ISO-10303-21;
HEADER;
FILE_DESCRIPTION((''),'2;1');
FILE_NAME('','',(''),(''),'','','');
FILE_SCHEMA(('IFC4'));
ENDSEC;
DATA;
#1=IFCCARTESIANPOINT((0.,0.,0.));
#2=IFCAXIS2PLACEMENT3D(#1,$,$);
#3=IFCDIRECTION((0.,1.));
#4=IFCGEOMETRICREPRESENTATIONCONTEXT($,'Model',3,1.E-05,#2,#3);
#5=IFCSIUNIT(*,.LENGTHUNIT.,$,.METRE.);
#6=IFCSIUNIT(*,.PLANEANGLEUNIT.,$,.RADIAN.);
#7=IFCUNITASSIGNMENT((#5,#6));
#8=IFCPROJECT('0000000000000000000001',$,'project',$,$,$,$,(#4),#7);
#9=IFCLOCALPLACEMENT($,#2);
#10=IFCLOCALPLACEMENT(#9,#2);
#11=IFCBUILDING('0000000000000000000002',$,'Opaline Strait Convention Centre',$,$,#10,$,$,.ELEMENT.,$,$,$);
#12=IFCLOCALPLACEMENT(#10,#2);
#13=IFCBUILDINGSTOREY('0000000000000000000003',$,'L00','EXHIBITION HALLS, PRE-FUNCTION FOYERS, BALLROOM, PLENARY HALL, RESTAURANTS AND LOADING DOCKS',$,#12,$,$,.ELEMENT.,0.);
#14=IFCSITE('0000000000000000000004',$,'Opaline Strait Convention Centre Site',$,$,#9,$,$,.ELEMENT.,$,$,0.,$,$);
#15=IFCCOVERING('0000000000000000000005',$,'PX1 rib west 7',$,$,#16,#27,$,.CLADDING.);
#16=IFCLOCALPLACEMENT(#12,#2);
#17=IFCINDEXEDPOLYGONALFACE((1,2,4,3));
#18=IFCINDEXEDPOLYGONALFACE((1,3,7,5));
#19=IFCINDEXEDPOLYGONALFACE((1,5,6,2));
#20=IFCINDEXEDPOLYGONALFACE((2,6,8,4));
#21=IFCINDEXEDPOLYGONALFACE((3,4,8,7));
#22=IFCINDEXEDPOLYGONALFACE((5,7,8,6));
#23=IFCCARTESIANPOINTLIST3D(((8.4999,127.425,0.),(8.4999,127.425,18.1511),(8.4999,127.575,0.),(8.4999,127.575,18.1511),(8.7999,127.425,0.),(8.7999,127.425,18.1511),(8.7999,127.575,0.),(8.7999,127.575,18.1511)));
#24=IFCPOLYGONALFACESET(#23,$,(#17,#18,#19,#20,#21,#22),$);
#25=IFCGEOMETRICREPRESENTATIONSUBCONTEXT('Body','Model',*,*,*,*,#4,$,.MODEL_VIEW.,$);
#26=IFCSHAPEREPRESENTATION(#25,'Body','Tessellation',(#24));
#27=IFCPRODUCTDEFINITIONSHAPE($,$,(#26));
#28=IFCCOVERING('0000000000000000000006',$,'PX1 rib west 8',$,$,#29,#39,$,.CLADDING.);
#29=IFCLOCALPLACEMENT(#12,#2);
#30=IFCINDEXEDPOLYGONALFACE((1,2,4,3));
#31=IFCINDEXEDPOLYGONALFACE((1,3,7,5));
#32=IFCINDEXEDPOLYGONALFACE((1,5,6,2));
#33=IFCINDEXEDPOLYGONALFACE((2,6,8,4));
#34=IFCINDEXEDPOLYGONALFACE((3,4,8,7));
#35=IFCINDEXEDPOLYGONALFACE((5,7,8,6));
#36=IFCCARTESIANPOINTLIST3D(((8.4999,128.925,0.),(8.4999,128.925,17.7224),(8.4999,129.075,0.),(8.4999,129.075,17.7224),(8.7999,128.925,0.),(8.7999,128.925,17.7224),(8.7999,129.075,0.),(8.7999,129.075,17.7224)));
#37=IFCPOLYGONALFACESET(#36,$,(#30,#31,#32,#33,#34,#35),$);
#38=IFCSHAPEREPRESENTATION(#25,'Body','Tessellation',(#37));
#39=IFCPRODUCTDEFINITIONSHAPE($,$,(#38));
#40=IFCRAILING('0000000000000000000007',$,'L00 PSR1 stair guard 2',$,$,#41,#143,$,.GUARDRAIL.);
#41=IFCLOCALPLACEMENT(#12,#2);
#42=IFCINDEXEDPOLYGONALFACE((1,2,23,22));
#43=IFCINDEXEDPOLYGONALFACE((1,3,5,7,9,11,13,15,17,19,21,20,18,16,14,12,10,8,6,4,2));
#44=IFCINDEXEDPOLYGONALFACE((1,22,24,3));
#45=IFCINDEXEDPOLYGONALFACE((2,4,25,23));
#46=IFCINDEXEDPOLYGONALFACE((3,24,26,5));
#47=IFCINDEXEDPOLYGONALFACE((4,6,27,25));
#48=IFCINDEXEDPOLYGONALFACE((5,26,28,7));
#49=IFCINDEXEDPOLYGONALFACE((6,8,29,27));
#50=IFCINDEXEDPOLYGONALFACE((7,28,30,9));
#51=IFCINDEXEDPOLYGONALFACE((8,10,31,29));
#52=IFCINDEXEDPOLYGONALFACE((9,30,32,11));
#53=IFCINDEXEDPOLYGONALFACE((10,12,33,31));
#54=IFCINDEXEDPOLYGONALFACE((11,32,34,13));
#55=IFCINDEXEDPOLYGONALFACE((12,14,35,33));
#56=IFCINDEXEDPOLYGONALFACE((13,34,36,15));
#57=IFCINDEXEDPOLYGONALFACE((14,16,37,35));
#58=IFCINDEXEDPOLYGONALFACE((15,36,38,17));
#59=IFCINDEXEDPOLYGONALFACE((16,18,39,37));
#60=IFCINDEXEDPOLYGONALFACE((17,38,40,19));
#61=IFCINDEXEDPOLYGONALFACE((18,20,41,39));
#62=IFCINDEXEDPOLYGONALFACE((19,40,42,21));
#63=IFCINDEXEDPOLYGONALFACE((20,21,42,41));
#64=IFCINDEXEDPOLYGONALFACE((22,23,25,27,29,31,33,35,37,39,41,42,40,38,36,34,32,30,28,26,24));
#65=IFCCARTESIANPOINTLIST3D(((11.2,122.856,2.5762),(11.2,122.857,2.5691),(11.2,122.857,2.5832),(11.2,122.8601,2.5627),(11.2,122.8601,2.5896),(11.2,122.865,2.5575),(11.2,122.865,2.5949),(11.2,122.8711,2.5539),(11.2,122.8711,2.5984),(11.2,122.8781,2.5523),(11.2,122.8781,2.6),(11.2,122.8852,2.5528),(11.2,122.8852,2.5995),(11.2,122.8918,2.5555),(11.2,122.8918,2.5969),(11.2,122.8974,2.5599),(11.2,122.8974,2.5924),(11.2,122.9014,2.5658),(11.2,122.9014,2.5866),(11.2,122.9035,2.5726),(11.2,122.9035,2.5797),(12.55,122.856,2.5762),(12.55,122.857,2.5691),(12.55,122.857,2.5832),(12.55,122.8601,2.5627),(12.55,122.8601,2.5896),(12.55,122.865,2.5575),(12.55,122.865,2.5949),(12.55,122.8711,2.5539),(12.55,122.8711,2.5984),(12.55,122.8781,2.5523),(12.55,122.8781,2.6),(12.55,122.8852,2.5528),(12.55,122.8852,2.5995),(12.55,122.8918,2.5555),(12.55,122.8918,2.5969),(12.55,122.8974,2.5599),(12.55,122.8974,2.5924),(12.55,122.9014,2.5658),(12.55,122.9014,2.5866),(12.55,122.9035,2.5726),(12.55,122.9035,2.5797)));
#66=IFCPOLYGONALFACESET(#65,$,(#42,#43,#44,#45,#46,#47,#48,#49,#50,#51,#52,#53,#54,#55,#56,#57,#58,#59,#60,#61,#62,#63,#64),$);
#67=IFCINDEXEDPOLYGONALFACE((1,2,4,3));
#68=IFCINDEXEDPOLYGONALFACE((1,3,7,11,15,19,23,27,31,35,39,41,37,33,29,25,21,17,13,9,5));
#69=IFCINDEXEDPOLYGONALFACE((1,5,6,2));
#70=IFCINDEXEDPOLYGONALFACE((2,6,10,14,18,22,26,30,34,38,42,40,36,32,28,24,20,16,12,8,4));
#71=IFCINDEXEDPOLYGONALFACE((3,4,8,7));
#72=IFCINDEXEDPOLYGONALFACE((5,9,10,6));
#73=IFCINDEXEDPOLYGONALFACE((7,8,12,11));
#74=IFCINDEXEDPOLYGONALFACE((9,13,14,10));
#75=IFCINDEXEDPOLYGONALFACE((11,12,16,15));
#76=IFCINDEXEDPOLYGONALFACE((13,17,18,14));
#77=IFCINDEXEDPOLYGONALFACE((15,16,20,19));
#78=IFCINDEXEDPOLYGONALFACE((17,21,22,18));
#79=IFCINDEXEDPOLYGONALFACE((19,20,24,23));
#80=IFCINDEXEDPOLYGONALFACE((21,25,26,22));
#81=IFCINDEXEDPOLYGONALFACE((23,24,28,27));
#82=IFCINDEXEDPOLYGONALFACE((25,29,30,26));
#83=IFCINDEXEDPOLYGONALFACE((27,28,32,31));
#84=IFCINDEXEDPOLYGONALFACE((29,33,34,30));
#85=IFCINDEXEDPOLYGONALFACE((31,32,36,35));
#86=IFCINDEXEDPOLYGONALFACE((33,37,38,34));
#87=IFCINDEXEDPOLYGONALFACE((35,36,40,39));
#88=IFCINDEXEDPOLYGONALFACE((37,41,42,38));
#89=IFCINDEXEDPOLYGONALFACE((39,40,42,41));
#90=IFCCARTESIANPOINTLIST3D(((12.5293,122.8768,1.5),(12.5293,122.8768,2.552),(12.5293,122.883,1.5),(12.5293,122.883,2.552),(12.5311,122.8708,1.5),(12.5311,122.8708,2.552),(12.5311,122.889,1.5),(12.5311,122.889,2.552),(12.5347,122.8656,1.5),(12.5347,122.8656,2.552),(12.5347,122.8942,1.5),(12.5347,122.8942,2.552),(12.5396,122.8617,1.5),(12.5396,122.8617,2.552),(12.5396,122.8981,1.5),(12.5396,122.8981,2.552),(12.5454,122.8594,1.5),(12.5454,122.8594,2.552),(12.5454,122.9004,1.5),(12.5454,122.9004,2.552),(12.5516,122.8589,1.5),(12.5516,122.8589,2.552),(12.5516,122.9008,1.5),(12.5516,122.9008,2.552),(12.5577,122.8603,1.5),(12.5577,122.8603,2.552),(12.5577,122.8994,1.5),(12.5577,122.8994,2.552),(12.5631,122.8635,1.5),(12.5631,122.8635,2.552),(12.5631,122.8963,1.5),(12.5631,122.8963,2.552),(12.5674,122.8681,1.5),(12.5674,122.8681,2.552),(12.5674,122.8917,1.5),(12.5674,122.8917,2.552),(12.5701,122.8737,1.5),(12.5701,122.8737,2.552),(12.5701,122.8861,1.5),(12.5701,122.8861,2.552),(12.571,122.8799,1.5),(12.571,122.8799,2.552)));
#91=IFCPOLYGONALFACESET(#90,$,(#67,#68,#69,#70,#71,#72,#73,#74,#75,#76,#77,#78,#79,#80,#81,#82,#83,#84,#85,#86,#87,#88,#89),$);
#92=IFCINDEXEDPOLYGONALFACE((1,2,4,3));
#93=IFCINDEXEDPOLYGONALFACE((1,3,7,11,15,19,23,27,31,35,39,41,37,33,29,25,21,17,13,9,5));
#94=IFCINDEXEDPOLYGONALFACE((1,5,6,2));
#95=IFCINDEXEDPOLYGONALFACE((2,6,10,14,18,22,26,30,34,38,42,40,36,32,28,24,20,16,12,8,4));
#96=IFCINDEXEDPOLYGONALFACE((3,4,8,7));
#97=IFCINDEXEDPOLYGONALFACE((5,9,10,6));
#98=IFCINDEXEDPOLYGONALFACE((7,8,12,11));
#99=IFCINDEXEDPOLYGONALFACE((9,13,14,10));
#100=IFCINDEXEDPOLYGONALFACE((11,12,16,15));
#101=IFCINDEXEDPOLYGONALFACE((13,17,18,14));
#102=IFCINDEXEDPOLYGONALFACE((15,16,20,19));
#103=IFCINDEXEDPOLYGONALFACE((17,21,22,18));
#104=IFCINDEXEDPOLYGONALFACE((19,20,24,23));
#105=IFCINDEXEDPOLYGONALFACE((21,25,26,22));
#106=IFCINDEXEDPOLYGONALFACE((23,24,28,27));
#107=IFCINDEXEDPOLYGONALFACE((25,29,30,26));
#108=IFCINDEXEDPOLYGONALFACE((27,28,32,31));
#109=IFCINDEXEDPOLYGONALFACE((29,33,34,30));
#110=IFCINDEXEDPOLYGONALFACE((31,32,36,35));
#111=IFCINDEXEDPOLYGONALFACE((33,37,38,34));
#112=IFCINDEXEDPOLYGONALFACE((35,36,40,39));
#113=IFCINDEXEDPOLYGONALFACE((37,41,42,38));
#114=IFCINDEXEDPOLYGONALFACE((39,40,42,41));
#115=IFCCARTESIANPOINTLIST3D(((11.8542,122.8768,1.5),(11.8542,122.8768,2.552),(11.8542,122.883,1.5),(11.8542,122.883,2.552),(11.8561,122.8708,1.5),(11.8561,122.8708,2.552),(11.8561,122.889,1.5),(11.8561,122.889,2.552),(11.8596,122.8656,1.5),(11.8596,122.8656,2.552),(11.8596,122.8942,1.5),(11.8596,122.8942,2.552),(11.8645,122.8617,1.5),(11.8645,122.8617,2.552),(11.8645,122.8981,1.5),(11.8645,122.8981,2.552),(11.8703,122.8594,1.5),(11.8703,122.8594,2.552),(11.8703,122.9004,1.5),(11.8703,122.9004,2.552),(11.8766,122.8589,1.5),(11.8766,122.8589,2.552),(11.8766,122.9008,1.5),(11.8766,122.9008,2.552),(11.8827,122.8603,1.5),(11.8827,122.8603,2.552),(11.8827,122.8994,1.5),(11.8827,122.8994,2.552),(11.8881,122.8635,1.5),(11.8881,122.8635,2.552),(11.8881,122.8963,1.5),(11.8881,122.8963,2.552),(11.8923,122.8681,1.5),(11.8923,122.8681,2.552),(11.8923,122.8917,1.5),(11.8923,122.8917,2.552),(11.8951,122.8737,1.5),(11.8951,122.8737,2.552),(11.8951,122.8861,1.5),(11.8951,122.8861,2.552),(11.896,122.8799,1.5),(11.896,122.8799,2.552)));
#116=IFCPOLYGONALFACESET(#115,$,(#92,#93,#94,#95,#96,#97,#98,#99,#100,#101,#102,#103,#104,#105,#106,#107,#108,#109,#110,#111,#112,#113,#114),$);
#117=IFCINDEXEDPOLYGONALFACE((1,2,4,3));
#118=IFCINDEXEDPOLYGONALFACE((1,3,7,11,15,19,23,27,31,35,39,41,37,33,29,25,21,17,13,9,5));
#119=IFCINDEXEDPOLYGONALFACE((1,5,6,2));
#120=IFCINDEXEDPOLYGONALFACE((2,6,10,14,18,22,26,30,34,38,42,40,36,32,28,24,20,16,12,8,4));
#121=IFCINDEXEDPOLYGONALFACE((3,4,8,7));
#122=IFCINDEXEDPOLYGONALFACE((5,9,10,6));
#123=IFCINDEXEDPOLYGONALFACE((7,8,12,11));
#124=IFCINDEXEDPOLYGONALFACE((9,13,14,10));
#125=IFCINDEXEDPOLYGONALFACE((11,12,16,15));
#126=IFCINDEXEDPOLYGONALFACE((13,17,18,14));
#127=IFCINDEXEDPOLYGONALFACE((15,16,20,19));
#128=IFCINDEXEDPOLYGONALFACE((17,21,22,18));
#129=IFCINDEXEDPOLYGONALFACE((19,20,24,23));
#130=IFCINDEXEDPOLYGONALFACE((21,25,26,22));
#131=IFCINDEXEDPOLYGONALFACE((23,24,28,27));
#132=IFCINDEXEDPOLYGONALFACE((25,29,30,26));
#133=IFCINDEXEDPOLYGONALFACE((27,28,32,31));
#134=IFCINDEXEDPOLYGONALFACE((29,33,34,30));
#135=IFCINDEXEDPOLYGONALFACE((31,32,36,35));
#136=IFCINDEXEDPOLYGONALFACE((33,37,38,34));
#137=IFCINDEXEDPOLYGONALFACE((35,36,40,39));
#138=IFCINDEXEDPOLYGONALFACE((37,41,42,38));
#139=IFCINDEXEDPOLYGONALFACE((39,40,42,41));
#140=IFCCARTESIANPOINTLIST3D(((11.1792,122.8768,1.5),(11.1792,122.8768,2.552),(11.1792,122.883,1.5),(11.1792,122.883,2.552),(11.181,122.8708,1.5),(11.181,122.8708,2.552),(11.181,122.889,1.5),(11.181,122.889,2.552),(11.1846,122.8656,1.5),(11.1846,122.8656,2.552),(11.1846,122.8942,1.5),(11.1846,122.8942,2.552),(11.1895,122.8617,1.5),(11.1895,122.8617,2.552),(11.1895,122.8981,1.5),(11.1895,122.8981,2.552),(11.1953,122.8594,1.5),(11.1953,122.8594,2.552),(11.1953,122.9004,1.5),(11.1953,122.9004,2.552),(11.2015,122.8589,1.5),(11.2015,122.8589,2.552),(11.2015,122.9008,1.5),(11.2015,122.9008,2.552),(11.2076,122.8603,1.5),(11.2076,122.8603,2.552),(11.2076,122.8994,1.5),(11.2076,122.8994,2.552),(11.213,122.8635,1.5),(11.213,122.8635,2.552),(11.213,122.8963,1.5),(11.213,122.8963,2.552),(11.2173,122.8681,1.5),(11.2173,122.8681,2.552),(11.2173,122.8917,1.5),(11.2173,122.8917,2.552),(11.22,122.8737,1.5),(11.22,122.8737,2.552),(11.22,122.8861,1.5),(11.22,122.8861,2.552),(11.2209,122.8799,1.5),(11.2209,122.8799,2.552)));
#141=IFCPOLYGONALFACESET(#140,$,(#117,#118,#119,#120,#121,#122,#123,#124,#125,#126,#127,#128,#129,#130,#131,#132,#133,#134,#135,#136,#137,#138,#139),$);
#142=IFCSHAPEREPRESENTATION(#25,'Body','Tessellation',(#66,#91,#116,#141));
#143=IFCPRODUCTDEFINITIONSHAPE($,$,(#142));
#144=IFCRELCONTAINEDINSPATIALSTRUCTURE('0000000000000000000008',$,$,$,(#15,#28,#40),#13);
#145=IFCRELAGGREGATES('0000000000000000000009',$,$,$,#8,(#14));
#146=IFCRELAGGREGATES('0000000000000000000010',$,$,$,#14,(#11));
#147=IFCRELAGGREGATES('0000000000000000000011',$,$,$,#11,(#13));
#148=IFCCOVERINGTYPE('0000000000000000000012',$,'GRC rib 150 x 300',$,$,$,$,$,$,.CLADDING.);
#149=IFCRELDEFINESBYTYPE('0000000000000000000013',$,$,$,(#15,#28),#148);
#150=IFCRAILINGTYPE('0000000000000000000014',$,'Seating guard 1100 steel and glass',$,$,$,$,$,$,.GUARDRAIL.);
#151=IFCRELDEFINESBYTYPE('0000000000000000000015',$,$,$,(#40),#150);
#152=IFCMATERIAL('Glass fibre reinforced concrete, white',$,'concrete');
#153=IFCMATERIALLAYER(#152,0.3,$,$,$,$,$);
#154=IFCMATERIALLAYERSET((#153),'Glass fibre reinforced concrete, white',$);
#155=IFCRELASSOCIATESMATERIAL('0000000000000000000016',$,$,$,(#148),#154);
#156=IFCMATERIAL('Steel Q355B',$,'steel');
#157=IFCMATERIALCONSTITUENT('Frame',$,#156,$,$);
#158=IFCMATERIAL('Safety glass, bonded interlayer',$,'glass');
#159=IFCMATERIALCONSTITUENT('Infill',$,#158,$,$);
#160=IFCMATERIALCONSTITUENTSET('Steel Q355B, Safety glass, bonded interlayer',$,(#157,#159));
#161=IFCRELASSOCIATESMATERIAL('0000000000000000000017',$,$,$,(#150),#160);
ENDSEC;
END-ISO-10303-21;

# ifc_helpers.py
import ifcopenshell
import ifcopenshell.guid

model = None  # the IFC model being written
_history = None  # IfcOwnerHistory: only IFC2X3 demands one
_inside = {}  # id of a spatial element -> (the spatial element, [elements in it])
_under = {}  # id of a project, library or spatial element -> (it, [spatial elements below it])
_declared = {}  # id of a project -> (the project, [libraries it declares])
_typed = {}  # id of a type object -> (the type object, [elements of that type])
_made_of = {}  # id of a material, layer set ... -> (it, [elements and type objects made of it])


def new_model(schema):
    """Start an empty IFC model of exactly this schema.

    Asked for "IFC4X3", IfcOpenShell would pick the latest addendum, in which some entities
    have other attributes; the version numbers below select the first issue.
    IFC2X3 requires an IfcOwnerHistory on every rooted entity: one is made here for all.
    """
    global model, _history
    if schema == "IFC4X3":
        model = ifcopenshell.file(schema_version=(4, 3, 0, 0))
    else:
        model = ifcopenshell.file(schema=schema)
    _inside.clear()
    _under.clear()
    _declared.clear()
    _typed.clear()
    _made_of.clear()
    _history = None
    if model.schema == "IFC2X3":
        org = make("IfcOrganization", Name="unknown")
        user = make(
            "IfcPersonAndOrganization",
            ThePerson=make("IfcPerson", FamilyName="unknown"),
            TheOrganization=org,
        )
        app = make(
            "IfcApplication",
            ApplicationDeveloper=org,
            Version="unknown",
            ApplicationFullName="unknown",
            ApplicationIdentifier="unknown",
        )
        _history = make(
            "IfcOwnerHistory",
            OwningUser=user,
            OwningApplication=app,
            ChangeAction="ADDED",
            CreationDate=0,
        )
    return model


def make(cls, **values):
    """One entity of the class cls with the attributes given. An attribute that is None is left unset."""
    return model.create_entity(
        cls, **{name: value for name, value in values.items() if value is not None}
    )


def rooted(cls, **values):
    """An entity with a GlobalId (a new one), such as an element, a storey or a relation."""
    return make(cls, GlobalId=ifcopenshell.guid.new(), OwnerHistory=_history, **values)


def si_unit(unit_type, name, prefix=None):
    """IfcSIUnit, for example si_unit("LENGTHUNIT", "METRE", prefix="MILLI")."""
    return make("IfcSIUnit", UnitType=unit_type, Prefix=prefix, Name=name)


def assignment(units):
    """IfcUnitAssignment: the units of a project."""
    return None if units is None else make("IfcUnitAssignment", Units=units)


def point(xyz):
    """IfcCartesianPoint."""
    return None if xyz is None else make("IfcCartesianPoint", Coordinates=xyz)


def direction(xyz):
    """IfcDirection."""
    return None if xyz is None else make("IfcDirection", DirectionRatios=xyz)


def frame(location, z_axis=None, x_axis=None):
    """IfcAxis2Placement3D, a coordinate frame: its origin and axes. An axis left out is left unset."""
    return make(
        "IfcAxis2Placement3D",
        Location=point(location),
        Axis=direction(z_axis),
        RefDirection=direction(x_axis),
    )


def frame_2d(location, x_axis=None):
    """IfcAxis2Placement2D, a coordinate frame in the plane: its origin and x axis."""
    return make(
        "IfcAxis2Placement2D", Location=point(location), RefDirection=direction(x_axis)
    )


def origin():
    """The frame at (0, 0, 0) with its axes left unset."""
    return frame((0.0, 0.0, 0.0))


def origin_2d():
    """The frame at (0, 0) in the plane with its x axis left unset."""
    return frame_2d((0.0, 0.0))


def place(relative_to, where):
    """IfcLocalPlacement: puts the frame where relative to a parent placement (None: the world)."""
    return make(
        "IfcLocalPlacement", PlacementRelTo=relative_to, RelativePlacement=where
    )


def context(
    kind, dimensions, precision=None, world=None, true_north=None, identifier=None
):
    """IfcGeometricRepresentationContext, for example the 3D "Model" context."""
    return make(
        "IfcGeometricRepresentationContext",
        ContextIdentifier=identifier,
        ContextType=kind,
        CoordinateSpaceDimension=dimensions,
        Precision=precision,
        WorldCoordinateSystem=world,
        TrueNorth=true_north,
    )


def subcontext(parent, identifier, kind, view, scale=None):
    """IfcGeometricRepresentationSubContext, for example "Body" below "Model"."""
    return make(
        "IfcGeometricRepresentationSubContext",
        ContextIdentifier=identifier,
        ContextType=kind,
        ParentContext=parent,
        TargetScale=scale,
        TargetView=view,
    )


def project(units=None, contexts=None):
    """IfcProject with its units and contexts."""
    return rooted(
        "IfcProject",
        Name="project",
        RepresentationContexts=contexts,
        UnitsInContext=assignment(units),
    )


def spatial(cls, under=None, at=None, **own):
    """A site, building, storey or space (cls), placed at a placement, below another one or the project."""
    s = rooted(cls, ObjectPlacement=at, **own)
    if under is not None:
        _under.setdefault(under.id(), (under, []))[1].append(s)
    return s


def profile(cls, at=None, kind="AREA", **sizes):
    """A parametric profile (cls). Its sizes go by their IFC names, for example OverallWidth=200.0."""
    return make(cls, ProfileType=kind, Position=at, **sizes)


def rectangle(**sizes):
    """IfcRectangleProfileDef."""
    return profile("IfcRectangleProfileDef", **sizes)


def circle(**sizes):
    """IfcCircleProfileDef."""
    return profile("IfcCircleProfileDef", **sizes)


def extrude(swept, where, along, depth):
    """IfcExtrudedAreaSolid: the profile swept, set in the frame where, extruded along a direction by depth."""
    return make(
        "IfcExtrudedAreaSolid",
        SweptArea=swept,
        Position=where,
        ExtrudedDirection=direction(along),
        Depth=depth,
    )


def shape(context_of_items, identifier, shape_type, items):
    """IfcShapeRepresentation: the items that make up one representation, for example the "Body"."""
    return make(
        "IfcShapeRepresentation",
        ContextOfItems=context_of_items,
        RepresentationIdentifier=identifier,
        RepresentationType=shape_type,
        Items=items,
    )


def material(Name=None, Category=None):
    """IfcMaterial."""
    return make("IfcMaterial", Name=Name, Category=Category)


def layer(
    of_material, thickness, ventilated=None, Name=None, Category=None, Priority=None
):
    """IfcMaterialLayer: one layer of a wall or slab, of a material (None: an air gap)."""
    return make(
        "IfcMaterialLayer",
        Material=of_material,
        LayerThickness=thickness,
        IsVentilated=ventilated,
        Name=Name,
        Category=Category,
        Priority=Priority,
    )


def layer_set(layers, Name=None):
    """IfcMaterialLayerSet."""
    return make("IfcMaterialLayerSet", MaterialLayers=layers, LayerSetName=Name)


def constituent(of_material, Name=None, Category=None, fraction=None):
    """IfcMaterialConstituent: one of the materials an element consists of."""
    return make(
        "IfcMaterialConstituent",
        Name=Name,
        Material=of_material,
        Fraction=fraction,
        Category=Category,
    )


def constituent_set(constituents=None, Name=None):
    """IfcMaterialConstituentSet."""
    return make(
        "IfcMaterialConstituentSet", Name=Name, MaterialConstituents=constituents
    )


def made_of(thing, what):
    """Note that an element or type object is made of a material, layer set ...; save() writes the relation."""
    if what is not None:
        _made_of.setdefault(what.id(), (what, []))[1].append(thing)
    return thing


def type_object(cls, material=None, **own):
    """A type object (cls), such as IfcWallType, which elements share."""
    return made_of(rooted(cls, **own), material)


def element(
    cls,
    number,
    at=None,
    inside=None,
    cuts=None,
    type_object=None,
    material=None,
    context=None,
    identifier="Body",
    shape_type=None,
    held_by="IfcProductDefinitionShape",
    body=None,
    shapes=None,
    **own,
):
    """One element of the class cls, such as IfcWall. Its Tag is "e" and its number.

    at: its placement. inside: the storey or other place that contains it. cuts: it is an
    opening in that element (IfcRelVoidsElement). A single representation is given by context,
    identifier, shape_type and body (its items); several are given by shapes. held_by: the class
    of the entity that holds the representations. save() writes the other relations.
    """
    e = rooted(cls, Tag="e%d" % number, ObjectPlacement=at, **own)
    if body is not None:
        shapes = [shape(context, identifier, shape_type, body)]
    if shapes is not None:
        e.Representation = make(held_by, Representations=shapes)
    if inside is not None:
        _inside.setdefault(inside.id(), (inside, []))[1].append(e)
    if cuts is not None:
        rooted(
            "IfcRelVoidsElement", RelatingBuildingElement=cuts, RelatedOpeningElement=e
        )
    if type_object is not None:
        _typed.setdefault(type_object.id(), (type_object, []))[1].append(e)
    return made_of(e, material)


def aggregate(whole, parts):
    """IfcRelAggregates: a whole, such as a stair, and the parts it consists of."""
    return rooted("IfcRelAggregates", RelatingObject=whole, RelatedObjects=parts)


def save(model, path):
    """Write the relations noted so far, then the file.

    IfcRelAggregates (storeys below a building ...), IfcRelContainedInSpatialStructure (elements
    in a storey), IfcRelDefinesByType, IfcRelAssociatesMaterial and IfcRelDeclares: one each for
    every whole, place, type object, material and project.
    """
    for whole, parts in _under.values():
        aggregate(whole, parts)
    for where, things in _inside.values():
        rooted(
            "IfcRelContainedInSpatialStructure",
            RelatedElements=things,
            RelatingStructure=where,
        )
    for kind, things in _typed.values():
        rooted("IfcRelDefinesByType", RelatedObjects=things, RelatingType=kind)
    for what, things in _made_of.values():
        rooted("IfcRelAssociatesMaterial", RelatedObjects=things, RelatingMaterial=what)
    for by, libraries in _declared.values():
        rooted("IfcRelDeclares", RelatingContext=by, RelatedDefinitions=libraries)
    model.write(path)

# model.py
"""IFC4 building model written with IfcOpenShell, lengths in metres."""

from ifc_helpers import new_model, si_unit, direction, frame, origin, origin_2d, place, context, subcontext, project, spatial, rectangle, circle, extrude, material, layer, layer_set, constituent, constituent_set, type_object, element, save


model = new_model("IFC4")

# Units and contexts
model_context = context("Model", 3, precision=1e-05, world=origin(), true_north=direction((0.0, 1.0)))
body_context = subcontext(model_context, "Body", "Model", "MODEL_VIEW")
ifc_project = project(units=[si_unit("LENGTHUNIT", "METRE"), si_unit("PLANEANGLEUNIT", "RADIAN")], contexts=[model_context])

# Site, building, storey
site_placement = place(None, origin())
site = spatial("IfcSite", under=ifc_project, at=site_placement, Name="Opaline Strait Convention Centre Site", CompositionType="ELEMENT", RefElevation=0.0)
building_placement = place(site_placement, origin())
building = spatial("IfcBuilding", under=site, at=building_placement, Name="Opaline Strait Convention Centre", CompositionType="ELEMENT")
storey_placement = place(building_placement, origin())
storey = spatial("IfcBuildingStorey", under=building, at=storey_placement, Name="L00", Description="EXHIBITION HALLS, PRE-FUNCTION FOYERS, BALLROOM, PLENARY HALL, RESTAURANTS AND LOADING DOCKS", CompositionType="ELEMENT", Elevation=0.0)

# Coverings
ifc_material_1 = material(Name="Glass fibre reinforced concrete, white", Category="concrete")
ifc_layer_1 = layer(ifc_material_1, 0.3)
ifc_layer_set_1 = layer_set([ifc_layer_1], Name="Glass fibre reinforced concrete, white")
covering_type = type_object("IfcCoveringType", Name="GRC rib 150 x 300", PredefinedType="CLADDING", material=ifc_layer_set_1)
covering_1_placement = place(storey_placement, frame((8.6499, 127.5, 0.0), z_axis=(0.0, 0.0, 1.0), x_axis=(1.0, 0.0, 0.0)))
element("IfcCovering", 1, at=covering_1_placement, inside=storey, type_object=covering_type, Name="PX1 rib west 7", PredefinedType="CLADDING", context=body_context, shape_type="SweptSolid", body=[
    extrude(rectangle(XDim=0.3, YDim=0.1499, at=origin_2d()), origin(), (0.0, 0.0, 1.0), 18.1511),
])
covering_2_placement = place(storey_placement, frame((8.6499, 129.0, 0.0), z_axis=(0.0, 0.0, 1.0), x_axis=(1.0, 0.0, 0.0)))
element("IfcCovering", 2, at=covering_2_placement, inside=storey, type_object=covering_type, Name="PX1 rib west 8", PredefinedType="CLADDING", context=body_context, shape_type="SweptSolid", body=[
    extrude(rectangle(XDim=0.3, YDim=0.1499, at=origin_2d()), origin(), (0.0, 0.0, 1.0), 17.7224),
])

# Railing
ifc_material_2 = material(Name="Steel Q355B", Category="steel")
ifc_constituent_1 = constituent(ifc_material_2, Name="Frame")
ifc_material_3 = material(Name="Safety glass, bonded interlayer", Category="glass")
ifc_constituent_2 = constituent(ifc_material_3, Name="Infill")
ifc_constituent_set = constituent_set(constituents=[ifc_constituent_1, ifc_constituent_2], Name="Steel Q355B, Safety glass, bonded interlayer")
railing_type_1 = type_object("IfcRailingType", Name="Seating guard 1100 steel and glass", PredefinedType="GUARDRAIL", material=ifc_constituent_set)
railing_1_placement = place(storey_placement, frame((12.55, 122.8799, 1.5)))
element("IfcRailing", 3, at=railing_1_placement, inside=storey, type_object=railing_type_1, Name="L00 PSR1 stair guard 2", PredefinedType="GUARDRAIL", context=body_context, shape_type="SweptSolid", body=[
    extrude(circle(Radius=0.0239, at=origin_2d()), frame((0.0, 0.0, 1.0762), z_axis=(-1.0, 0.0, 0.0), x_axis=(0.0, -1.0, 0.0)), (0.0, 0.0, 1.0), 1.3501),
    extrude(circle(Radius=0.021, at=origin_2d()), origin(), (0.0, 0.0, 1.0), 1.052),
    extrude(circle(Radius=0.021, at=origin_2d()), frame((-0.675, 0.0, 0.0)), (0.0, 0.0, 1.0), 1.052),
    extrude(circle(Radius=0.021, at=origin_2d()), frame((-1.3501, 0.0, 0.0)), (0.0, 0.0, 1.0), 1.052),
])

save(model, "model.ifc")
